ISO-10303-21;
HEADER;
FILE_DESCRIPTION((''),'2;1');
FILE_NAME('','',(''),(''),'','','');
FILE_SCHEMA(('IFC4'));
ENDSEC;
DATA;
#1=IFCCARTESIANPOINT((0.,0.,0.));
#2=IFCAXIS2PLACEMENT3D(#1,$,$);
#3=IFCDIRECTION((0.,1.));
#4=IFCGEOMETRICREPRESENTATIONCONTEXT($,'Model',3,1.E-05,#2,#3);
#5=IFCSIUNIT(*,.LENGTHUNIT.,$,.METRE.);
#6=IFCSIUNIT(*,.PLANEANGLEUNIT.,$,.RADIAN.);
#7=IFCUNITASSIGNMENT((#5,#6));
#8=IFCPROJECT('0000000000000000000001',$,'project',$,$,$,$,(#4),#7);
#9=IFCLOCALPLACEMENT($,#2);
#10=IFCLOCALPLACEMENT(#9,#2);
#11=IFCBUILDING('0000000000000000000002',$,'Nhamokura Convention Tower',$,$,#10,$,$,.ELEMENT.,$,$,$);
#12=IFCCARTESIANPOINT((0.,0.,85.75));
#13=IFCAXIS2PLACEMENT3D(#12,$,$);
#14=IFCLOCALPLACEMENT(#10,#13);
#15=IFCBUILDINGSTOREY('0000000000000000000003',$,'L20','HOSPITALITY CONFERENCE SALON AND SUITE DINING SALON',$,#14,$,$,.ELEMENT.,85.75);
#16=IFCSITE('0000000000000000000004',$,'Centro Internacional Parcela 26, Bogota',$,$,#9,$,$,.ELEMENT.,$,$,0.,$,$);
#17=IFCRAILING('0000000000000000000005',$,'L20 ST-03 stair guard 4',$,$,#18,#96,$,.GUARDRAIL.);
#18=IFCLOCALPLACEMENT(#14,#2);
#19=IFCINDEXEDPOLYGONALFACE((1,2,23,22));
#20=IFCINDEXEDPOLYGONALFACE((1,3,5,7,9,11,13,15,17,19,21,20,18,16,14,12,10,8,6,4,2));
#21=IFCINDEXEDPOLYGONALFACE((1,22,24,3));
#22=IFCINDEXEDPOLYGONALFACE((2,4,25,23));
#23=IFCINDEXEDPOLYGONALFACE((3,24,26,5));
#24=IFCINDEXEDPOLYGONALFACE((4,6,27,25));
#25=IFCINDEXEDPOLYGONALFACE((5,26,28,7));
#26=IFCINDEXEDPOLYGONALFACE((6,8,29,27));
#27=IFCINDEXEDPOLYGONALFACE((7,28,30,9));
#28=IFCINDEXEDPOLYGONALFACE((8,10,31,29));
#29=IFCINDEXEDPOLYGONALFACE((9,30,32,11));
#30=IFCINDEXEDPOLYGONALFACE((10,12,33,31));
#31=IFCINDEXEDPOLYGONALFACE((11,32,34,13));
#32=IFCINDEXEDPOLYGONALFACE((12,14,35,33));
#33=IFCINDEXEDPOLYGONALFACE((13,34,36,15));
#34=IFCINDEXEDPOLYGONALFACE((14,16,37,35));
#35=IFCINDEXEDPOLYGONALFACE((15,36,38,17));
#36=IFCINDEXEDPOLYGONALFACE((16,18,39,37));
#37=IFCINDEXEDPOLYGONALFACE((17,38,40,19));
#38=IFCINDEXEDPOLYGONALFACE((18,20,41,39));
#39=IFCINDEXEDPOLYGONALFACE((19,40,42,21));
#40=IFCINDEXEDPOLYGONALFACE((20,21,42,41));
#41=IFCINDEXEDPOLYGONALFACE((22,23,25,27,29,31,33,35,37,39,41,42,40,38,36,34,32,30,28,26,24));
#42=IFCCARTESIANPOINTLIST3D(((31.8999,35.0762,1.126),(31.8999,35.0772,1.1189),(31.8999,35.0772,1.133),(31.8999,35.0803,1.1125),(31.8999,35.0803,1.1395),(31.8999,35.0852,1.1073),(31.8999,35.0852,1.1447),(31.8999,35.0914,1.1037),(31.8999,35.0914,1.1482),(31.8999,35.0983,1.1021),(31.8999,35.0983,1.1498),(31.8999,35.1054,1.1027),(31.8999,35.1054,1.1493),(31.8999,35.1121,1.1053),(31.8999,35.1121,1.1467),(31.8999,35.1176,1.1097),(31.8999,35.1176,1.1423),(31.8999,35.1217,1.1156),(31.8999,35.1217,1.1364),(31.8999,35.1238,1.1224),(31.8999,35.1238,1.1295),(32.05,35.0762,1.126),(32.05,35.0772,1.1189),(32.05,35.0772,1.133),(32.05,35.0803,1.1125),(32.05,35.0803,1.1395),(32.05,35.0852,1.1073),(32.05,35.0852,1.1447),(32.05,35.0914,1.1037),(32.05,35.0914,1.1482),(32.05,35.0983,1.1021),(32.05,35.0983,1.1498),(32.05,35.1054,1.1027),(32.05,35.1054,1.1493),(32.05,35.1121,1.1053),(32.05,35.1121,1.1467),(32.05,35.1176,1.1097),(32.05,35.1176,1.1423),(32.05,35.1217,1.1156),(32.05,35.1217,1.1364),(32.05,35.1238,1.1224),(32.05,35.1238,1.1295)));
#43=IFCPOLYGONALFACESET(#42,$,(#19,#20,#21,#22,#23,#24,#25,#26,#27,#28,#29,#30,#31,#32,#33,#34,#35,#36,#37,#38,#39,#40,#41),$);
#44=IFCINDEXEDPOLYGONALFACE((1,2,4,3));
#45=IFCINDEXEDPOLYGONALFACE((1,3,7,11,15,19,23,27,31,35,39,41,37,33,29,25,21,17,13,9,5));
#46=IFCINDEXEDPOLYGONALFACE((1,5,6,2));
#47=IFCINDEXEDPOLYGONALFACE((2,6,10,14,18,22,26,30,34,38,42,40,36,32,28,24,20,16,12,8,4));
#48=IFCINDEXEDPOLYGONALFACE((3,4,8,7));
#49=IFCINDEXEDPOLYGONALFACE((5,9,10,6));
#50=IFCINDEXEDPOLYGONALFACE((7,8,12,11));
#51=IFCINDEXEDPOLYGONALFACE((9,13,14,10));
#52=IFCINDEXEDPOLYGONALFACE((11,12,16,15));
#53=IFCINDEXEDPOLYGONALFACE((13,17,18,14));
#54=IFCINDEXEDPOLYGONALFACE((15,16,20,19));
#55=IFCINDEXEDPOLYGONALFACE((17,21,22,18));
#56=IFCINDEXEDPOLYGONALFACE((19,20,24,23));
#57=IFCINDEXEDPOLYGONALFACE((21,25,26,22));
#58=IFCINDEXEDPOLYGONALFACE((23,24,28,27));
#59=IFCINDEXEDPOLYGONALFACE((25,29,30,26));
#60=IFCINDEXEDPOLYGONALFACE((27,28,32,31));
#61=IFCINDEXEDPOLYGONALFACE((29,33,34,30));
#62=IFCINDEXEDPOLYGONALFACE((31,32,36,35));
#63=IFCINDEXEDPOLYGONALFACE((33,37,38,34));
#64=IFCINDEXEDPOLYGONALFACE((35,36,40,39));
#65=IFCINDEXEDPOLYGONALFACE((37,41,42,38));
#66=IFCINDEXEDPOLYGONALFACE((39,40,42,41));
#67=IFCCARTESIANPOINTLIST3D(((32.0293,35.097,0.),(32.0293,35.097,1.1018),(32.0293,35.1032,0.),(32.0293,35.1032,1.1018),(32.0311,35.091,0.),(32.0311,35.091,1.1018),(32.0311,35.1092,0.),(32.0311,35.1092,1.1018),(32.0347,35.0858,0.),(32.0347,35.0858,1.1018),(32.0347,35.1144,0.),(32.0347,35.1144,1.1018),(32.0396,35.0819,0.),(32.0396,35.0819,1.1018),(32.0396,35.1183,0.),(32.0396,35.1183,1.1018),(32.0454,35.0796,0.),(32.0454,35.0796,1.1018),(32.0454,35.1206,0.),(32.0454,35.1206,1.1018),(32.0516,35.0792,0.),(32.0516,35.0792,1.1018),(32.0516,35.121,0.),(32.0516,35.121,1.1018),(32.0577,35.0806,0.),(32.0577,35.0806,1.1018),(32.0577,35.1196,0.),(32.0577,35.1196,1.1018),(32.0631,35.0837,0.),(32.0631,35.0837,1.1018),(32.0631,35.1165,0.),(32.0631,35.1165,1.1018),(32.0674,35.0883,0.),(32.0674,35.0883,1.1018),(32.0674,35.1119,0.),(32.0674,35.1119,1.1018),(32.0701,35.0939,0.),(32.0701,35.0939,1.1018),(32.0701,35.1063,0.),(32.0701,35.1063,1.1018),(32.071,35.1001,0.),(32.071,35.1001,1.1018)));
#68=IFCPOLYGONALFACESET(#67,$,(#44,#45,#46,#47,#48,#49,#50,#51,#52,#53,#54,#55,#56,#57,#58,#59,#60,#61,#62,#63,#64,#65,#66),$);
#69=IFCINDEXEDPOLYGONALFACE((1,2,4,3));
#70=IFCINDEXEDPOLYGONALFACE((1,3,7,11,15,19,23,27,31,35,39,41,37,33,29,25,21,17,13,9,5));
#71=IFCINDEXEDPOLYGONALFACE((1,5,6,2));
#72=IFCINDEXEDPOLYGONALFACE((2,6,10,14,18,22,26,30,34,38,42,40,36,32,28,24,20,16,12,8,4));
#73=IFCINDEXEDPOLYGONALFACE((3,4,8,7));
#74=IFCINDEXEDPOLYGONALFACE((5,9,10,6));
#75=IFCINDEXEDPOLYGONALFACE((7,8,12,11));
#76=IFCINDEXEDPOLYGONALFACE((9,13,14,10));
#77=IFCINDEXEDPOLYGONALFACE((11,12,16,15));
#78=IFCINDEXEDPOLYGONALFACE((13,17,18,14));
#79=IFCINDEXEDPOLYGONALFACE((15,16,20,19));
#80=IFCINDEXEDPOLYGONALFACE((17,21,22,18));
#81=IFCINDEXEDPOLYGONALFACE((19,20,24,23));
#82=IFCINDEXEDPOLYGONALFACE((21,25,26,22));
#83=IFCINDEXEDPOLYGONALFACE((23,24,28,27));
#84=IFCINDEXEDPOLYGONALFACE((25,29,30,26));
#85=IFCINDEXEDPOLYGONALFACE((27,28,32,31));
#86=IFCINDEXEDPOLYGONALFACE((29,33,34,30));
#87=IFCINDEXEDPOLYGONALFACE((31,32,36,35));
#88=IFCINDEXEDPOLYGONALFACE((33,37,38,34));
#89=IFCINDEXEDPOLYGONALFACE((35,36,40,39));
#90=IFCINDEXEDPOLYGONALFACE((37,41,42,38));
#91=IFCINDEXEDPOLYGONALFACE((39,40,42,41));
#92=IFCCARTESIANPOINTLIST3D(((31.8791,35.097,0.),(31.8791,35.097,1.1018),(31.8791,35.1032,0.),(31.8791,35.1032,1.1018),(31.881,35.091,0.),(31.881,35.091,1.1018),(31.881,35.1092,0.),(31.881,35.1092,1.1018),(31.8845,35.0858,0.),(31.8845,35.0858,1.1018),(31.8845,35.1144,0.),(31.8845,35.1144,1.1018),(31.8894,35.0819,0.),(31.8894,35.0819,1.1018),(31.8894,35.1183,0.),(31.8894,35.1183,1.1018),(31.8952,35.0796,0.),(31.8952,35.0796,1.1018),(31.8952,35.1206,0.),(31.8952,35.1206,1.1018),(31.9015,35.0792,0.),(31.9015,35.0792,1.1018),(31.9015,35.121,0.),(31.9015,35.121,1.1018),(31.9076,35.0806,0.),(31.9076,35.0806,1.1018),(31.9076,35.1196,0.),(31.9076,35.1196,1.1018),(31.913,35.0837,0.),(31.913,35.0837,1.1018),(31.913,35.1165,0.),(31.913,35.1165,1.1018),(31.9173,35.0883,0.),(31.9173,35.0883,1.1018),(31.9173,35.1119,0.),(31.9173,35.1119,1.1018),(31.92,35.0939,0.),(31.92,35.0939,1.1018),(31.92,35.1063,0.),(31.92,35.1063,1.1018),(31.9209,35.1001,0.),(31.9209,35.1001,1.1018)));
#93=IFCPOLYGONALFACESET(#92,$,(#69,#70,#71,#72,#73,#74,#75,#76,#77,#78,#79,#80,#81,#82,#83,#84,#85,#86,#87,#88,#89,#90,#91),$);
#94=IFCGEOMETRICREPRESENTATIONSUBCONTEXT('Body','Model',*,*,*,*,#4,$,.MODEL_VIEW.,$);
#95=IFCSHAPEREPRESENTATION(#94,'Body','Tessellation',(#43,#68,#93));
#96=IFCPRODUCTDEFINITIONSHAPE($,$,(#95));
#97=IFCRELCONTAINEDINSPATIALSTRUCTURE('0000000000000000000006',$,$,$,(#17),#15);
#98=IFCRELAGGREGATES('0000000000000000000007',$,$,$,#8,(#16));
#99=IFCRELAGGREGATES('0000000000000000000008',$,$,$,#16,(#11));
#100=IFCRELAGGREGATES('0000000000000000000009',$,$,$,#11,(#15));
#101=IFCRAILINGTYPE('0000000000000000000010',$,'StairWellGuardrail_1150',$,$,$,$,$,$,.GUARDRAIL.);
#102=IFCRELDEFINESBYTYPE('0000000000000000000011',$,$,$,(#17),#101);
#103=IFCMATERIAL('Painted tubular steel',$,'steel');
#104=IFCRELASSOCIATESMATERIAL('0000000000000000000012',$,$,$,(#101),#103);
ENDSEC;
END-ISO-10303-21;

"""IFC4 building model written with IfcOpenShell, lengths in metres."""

from ifc_helpers import new_model, si_unit, direction, frame, origin, origin_2d, place, context, subcontext, project, spatial, circle, extrude, material, type_object, element, save


model = new_model("IFC4")

# Units and contexts
model_context = context("Model", 3, precision=1e-05, world=origin(), true_north=direction((0.0, 1.0)))
body_context = subcontext(model_context, "Body", "Model", "MODEL_VIEW")
ifc_project = project(units=[si_unit("LENGTHUNIT", "METRE"), si_unit("PLANEANGLEUNIT", "RADIAN")], contexts=[model_context])

# Site, building, storey
site_placement = place(None, origin())
site = spatial("IfcSite", under=ifc_project, at=site_placement, Name="Centro Internacional Parcela 26, Bogota", CompositionType="ELEMENT", RefElevation=0.0)
building_placement = place(site_placement, origin())
building = spatial("IfcBuilding", under=site, at=building_placement, Name="Nhamokura Convention Tower", CompositionType="ELEMENT")
storey_placement = place(building_placement, frame((0.0, 0.0, 85.75)))
storey = spatial("IfcBuildingStorey", under=building, at=storey_placement, Name="L20", Description="HOSPITALITY CONFERENCE SALON AND SUITE DINING SALON", CompositionType="ELEMENT", Elevation=85.75)

# Railing
ifc_material_1 = material(Name="Painted tubular steel", Category="steel")
railing_type_1 = type_object("IfcRailingType", Name="StairWellGuardrail_1150", PredefinedType="GUARDRAIL", material=ifc_material_1)
railing_1_placement = place(storey_placement, frame((32.05, 35.1001, 0.0)))
element("IfcRailing", 1, at=railing_1_placement, inside=storey, type_object=railing_type_1, Name="L20 ST-03 stair guard 4", PredefinedType="GUARDRAIL", context=body_context, shape_type="SweptSolid", body=[
    extrude(circle(Radius=0.0239, at=origin_2d()), frame((0.0, 0.0, 1.126), z_axis=(-1.0, 0.0, 0.0), x_axis=(0.0, -1.0, 0.0)), (0.0, 0.0, 1.0), 0.1501),
    extrude(circle(Radius=0.021, at=origin_2d()), origin(), (0.0, 0.0, 1.0), 1.1018),
    extrude(circle(Radius=0.021, at=origin_2d()), frame((-0.1501, 0.0, 0.0)), (0.0, 0.0, 1.0), 1.1018),
])

save(model, "model.ifc")
